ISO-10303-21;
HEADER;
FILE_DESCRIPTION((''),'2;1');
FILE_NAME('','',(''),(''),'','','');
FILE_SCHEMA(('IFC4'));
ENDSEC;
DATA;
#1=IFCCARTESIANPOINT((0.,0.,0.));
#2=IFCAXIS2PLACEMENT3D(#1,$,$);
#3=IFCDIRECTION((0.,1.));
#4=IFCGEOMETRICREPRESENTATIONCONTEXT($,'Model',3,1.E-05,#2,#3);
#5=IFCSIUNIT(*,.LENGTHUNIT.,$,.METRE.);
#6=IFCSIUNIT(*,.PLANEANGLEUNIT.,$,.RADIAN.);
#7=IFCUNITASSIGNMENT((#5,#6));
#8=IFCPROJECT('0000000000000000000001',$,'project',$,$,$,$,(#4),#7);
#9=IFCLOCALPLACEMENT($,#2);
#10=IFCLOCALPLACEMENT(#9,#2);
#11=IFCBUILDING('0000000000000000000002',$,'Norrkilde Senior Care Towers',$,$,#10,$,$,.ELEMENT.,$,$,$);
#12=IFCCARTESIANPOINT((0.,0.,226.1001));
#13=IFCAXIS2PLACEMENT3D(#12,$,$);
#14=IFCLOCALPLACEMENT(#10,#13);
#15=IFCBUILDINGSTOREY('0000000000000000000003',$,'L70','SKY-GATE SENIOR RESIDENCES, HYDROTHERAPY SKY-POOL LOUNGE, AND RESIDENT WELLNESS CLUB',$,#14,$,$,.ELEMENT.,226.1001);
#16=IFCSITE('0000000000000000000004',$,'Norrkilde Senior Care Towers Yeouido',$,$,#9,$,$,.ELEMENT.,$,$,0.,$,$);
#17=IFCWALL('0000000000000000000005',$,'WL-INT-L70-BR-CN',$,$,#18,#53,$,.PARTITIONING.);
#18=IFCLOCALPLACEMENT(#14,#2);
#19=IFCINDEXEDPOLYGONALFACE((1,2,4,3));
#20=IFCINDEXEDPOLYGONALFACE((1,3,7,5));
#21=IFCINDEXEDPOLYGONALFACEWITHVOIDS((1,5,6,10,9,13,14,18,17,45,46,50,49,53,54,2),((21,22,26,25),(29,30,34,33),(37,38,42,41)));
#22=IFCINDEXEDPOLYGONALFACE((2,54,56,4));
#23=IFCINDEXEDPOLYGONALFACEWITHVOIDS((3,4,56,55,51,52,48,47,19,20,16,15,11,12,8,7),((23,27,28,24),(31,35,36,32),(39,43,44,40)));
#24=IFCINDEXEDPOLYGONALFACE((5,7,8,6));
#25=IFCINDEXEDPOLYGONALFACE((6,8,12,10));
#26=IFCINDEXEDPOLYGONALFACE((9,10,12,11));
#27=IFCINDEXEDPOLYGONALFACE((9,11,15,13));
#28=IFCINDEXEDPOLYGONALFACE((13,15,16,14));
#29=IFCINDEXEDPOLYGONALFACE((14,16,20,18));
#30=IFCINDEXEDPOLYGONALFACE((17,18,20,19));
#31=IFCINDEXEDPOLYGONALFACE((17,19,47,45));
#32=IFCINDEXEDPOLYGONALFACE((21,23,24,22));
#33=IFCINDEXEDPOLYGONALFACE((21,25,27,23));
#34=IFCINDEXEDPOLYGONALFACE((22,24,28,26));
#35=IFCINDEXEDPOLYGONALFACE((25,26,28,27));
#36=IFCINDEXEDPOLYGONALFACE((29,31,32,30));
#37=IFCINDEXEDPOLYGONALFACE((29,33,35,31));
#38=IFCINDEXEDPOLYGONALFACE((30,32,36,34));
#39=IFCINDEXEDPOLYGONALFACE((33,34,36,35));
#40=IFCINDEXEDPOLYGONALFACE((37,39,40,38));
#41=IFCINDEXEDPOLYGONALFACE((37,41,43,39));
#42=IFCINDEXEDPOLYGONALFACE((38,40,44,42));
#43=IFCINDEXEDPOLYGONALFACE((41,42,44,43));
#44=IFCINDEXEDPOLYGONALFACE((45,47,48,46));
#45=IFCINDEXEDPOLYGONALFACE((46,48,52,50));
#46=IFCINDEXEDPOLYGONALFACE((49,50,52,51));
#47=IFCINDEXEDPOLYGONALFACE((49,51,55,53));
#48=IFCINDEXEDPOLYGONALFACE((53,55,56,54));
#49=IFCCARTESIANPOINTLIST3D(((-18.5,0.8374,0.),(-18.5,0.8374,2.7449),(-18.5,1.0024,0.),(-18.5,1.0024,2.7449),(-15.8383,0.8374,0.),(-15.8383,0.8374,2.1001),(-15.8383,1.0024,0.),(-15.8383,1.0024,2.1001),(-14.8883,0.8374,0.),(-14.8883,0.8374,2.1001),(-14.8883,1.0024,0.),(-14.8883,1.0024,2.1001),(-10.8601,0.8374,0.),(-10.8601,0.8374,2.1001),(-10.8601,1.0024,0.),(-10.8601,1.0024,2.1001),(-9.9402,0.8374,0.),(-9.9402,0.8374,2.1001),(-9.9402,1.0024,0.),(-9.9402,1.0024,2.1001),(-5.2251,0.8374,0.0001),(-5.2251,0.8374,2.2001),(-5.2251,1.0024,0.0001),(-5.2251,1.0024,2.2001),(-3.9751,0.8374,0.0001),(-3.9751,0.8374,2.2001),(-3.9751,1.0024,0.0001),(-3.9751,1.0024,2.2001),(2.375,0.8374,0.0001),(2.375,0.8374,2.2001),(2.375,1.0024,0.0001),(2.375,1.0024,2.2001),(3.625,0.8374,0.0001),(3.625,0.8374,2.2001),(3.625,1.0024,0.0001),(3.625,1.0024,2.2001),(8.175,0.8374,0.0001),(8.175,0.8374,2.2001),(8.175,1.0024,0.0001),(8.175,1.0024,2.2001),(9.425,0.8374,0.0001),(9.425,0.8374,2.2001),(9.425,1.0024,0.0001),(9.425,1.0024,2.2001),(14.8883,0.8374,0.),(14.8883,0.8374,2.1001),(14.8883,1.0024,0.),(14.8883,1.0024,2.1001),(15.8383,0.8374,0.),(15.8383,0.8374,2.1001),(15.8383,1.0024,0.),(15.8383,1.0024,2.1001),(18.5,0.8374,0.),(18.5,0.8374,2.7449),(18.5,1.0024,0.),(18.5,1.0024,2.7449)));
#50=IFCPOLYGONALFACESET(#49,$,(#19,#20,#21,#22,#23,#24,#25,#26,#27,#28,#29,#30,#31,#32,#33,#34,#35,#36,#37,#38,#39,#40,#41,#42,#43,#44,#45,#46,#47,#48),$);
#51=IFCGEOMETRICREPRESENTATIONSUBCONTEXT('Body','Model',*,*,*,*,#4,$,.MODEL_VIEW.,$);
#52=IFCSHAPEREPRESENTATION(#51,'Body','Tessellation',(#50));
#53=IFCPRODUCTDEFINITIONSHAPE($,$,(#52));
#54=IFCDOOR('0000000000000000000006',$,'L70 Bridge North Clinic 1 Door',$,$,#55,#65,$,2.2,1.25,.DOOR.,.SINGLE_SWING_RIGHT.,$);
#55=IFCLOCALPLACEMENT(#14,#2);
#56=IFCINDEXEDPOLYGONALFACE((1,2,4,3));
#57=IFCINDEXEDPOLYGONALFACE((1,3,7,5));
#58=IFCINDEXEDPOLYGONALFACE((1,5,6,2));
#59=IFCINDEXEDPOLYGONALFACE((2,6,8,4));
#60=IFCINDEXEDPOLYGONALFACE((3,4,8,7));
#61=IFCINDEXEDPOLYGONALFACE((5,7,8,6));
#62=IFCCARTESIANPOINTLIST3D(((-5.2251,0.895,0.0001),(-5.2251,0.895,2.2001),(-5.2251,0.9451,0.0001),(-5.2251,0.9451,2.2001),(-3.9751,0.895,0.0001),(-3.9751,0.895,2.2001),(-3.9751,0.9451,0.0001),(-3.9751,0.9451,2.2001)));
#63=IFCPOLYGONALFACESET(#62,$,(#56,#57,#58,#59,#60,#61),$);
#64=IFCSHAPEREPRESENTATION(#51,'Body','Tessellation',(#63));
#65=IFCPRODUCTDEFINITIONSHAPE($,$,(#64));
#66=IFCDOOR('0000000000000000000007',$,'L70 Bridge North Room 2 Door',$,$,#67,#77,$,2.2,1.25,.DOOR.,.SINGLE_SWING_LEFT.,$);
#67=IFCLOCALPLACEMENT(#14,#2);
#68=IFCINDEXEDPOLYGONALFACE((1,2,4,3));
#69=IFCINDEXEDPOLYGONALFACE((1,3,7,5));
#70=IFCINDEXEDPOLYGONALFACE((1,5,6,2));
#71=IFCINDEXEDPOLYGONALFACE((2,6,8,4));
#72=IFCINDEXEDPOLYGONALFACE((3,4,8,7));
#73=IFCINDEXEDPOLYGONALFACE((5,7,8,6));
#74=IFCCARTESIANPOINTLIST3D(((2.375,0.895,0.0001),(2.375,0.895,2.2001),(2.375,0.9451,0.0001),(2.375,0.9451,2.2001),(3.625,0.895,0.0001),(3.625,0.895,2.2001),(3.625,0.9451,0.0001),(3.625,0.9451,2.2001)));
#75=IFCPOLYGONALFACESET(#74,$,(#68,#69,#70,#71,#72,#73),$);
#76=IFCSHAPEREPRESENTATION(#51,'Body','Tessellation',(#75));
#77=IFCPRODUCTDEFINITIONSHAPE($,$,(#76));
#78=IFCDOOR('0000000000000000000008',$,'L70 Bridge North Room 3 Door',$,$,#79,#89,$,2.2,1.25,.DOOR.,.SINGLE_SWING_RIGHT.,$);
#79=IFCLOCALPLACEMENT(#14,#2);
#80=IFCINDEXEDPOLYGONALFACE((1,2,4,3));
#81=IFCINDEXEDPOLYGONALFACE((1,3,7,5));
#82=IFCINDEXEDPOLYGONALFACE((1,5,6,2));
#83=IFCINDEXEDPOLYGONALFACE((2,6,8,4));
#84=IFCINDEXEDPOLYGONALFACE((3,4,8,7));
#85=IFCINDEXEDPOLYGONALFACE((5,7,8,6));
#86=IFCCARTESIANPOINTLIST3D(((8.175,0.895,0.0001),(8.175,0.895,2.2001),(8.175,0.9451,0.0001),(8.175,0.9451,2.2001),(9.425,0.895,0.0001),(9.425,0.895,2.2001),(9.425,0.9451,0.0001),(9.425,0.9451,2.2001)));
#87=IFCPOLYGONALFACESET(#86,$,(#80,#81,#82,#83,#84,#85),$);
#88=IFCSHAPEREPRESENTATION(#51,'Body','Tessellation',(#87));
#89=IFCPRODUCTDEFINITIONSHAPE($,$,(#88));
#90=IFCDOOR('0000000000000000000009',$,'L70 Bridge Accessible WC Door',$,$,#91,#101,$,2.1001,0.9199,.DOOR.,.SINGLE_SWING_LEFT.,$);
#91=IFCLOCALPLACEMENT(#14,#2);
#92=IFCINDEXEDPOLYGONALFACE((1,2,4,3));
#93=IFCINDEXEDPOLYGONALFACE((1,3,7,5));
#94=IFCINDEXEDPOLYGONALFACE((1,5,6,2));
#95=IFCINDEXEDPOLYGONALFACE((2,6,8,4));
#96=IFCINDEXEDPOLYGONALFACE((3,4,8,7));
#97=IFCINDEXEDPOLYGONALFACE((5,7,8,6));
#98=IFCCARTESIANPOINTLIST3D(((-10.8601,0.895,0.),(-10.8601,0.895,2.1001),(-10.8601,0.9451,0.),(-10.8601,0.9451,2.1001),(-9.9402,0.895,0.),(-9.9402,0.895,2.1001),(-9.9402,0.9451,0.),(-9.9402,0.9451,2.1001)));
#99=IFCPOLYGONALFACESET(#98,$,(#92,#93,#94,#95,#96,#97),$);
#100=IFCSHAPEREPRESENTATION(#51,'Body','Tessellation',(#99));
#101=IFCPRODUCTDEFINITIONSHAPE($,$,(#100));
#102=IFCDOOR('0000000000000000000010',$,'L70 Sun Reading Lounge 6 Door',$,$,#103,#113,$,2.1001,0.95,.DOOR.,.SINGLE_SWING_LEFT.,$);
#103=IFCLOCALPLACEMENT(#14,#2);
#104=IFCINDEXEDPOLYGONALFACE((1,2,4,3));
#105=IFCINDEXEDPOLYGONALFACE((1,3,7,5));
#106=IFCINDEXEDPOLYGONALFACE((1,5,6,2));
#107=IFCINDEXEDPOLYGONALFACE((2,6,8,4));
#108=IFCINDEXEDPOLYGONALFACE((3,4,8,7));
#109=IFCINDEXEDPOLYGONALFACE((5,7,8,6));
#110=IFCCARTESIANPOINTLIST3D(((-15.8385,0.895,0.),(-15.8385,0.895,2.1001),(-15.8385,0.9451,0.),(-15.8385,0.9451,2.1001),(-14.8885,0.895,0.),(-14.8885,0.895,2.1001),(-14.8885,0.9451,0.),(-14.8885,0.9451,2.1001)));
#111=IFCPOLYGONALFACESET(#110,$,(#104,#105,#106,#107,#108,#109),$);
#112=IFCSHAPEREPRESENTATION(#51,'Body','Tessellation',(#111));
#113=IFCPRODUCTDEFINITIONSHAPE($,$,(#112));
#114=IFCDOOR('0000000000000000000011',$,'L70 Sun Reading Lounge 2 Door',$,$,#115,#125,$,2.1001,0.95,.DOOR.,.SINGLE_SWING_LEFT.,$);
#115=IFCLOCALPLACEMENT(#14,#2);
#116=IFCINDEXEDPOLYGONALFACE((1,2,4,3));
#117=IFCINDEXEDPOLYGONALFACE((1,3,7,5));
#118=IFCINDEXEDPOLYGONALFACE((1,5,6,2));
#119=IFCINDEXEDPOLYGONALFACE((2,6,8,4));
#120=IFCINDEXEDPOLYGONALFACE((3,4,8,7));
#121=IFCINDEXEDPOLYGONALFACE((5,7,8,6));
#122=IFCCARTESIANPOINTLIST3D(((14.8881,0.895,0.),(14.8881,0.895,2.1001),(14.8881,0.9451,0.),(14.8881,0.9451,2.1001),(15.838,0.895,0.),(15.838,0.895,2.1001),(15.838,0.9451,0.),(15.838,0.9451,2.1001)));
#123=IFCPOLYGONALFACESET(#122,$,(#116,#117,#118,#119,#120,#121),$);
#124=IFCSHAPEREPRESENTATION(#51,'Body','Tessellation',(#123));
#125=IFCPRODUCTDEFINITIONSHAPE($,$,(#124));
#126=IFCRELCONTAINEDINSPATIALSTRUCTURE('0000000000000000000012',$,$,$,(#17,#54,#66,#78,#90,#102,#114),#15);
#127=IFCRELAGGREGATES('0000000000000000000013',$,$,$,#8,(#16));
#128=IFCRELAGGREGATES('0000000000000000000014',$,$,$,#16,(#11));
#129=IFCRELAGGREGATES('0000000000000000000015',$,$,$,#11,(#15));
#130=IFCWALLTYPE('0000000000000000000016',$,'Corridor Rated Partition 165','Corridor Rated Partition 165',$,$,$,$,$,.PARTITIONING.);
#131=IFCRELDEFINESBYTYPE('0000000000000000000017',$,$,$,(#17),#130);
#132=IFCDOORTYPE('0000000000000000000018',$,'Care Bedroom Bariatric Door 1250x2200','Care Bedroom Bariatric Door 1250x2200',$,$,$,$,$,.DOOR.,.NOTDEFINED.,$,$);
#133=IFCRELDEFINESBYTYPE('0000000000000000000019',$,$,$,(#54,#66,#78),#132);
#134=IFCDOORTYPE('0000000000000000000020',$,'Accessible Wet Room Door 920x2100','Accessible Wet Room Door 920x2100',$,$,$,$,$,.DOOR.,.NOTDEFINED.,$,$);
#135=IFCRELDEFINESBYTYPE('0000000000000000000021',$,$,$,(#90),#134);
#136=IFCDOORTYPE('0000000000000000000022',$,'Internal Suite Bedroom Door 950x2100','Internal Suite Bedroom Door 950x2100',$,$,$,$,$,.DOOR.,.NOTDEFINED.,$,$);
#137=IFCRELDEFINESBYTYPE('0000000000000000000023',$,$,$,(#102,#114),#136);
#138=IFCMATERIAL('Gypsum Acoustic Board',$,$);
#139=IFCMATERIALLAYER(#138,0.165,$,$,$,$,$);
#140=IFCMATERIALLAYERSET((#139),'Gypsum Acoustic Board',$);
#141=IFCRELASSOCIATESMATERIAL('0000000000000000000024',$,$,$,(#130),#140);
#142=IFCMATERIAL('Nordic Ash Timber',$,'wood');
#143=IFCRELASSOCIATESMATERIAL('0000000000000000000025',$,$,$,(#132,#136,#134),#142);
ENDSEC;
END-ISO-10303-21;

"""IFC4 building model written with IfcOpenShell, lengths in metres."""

from ifc_helpers import new_model, si_unit, direction, frame, frame_2d, origin, place, context, subcontext, project, spatial, rectangle, extrude, source, transform, mapped, material, layer, layer_set, type_object, type_shapes, element, fill, save


model = new_model("IFC4")

# Units and contexts
model_context = context("Model", 3, precision=1e-05, world=origin(), true_north=direction((0.0, 1.0)))
body_context = subcontext(model_context, "Body", "Model", "MODEL_VIEW")
ifc_project = project(units=[si_unit("LENGTHUNIT", "METRE"), si_unit("PLANEANGLEUNIT", "RADIAN")], contexts=[model_context])

# Site, building, storey
site_placement = place(None, origin())
site = spatial("IfcSite", under=ifc_project, at=site_placement, Name="Norrkilde Senior Care Towers Yeouido", CompositionType="ELEMENT", RefElevation=0.0)
building_placement = place(site_placement, origin())
building = spatial("IfcBuilding", under=site, at=building_placement, Name="Norrkilde Senior Care Towers", CompositionType="ELEMENT")
storey_placement = place(building_placement, frame((0.0, 0.0, 226.1001)))
storey = spatial("IfcBuildingStorey", under=building, at=storey_placement, Name="L70", Description="SKY-GATE SENIOR RESIDENCES, HYDROTHERAPY SKY-POOL LOUNGE, AND RESIDENT WELLNESS CLUB", CompositionType="ELEMENT", Elevation=226.1001)

# Shared definitions
ifc_material_1 = material(Name="Gypsum Acoustic Board")
ifc_layer = layer(ifc_material_1, 0.165)
ifc_layer_set = layer_set([ifc_layer], Name="Gypsum Acoustic Board")
wall_type = type_object("IfcWallType", Name="Corridor Rated Partition 165", Description="Corridor Rated Partition 165", PredefinedType="PARTITIONING", material=ifc_layer_set)

# Shared definitions
ifc_material_2 = material(Name="Nordic Ash Timber", Category="wood")
door_type_1 = type_object("IfcDoorType", Name="Care Bedroom Bariatric Door 1250x2200", Description="Care Bedroom Bariatric Door 1250x2200", OperationType="NOTDEFINED", PredefinedType="DOOR", material=ifc_material_2)
shared_shape_1 = source(origin(), body_context, "Body", "SweptSolid", [
    extrude(rectangle(XDim=1.25, YDim=2.2, at=frame_2d((0.625, 1.1001))), frame((0.0, 0.0249, 0.0), z_axis=(0.0, -1.0, 0.0), x_axis=(1.0, 0.0, 0.0)), (0.0, 0.0, 1.0), 0.05),
])
type_shapes(door_type_1, [shared_shape_1])

# Wall, openings, doors
shared_shape_2 = source(origin(), body_context, "Body", "SweptSolid", [
    extrude(rectangle(XDim=37.0, YDim=0.165, at=frame_2d((18.5, 0.0))), origin(), (0.0, 0.0, 1.0), 2.7449),
])
door_type_2 = type_object("IfcDoorType", Name="Internal Suite Bedroom Door 950x2100", Description="Internal Suite Bedroom Door 950x2100", OperationType="NOTDEFINED", PredefinedType="DOOR", material=ifc_material_2)
shared_shape_3 = source(origin(), body_context, "Body", "SweptSolid", [
    extrude(rectangle(XDim=0.95, YDim=2.1001, at=frame_2d((0.4751, 1.05))), frame((0.0, 0.0249, 0.0), z_axis=(0.0, -1.0, 0.0), x_axis=(1.0, 0.0, 0.0)), (0.0, 0.0, 1.0), 0.05),
])
type_shapes(door_type_2, [shared_shape_3])
wall_1_placement = place(storey_placement, frame((-18.5, 0.9199, 0.0), z_axis=(0.0, 0.0, 1.0), x_axis=(1.0, 0.0, 0.0)))
wall_1 = element("IfcWall", 1, at=wall_1_placement, inside=storey, type_object=wall_type, Name="WL-INT-L70-BR-CN", PredefinedType="PARTITIONING", context=body_context, shape_type="MappedRepresentation", body=[
    mapped(shared_shape_2, transform((0.0, 0.0, 0.0), x_axis=(1.0, 0.0, 0.0), y_axis=(0.0, 1.0, 0.0), z_axis=(0.0, 0.0, 1.0), scale=1.0)),
])
opening_1_placement = place(wall_1_placement, frame((2.6616, 0.0, 0.0)))
opening_1 = element("IfcOpeningElement", 2, at=opening_1_placement, cuts=wall_1, PredefinedType="OPENING", context=body_context, shape_type="SweptSolid", body=[
    extrude(rectangle(XDim=0.95, YDim=2.1001, at=frame_2d((0.4751, 1.05))), frame((0.0, 0.0925, 0.0), z_axis=(0.0, -1.0, 0.0), x_axis=(1.0, 0.0, 0.0)), (0.0, 0.0, 1.0), 0.1851),
])
opening_2_placement = place(wall_1_placement, frame((33.3882, 0.0, 0.0)))
opening_2 = element("IfcOpeningElement", 3, at=opening_2_placement, cuts=wall_1, PredefinedType="OPENING", context=body_context, shape_type="SweptSolid", body=[
    extrude(rectangle(XDim=0.95, YDim=2.1001, at=frame_2d((0.4751, 1.05))), frame((0.0, 0.0925, 0.0), z_axis=(0.0, -1.0, 0.0), x_axis=(1.0, 0.0, 0.0)), (0.0, 0.0, 1.0), 0.1851),
])
opening_3_placement = place(wall_1_placement, frame((7.6399, 0.0, 0.0)))
opening_3 = element("IfcOpeningElement", 4, at=opening_3_placement, cuts=wall_1, PredefinedType="OPENING", context=body_context, shape_type="SweptSolid", body=[
    extrude(rectangle(XDim=0.9199, YDim=2.1001, at=frame_2d((0.46, 1.05))), frame((0.0, 0.0925, 0.0), z_axis=(0.0, -1.0, 0.0), x_axis=(1.0, 0.0, 0.0)), (0.0, 0.0, 1.0), 0.1851),
])
opening_4_placement = place(wall_1_placement, frame((13.2749, 0.0, 0.0)))
opening_4 = element("IfcOpeningElement", 5, at=opening_4_placement, cuts=wall_1, PredefinedType="OPENING", context=body_context, shape_type="SweptSolid", body=[
    extrude(rectangle(XDim=1.25, YDim=2.2, at=frame_2d((0.625, 1.1001))), frame((0.0, 0.0925, 0.0), z_axis=(0.0, -1.0, 0.0), x_axis=(1.0, 0.0, 0.0)), (0.0, 0.0, 1.0), 0.1851),
])
opening_5_placement = place(wall_1_placement, frame((20.875, 0.0, 0.0)))
opening_5 = element("IfcOpeningElement", 6, at=opening_5_placement, cuts=wall_1, PredefinedType="OPENING", context=body_context, shape_type="SweptSolid", body=[
    extrude(rectangle(XDim=1.25, YDim=2.2, at=frame_2d((0.625, 1.1001))), frame((0.0, 0.0925, 0.0), z_axis=(0.0, -1.0, 0.0), x_axis=(1.0, 0.0, 0.0)), (0.0, 0.0, 1.0), 0.1851),
])
opening_6_placement = place(wall_1_placement, frame((26.675, 0.0, 0.0)))
opening_6 = element("IfcOpeningElement", 7, at=opening_6_placement, cuts=wall_1, PredefinedType="OPENING", context=body_context, shape_type="SweptSolid", body=[
    extrude(rectangle(XDim=1.25, YDim=2.2, at=frame_2d((0.625, 1.1001))), frame((0.0, 0.0925, 0.0), z_axis=(0.0, -1.0, 0.0), x_axis=(1.0, 0.0, 0.0)), (0.0, 0.0, 1.0), 0.1851),
])
door_1_placement = place(opening_4_placement, frame((1.25, 0.0, 0.0), z_axis=(0.0, 0.0, 1.0), x_axis=(-1.0, 0.0, 0.0)))
door_1 = element("IfcDoor", 8, at=door_1_placement, inside=storey, type_object=door_type_1, Name="L70 Bridge North Clinic 1 Door", OperationType="SINGLE_SWING_RIGHT", OverallHeight=2.2, OverallWidth=1.25, PredefinedType="DOOR", context=body_context, shape_type="MappedRepresentation", body=[
    mapped(shared_shape_1, transform((0.0, 0.0, 0.0), x_axis=(1.0, 0.0, 0.0), y_axis=(0.0, 1.0, 0.0), z_axis=(0.0, 0.0, 1.0), scale=1.0)),
])
fill(opening_4, door_1)
door_2_placement = place(opening_5_placement, frame((1.25, 0.0, 0.0), z_axis=(0.0, 0.0, 1.0), x_axis=(-1.0, 0.0, 0.0)))
door_2 = element("IfcDoor", 9, at=door_2_placement, inside=storey, type_object=door_type_1, Name="L70 Bridge North Room 2 Door", OperationType="SINGLE_SWING_LEFT", OverallHeight=2.2, OverallWidth=1.25, PredefinedType="DOOR", context=body_context, shape_type="MappedRepresentation", body=[
    mapped(shared_shape_1, transform((0.0, 0.0, 0.0), x_axis=(1.0, 0.0, 0.0), y_axis=(0.0, 1.0, 0.0), z_axis=(0.0, 0.0, 1.0), scale=1.0)),
])
fill(opening_5, door_2)
door_3_placement = place(opening_6_placement, frame((1.25, 0.0, 0.0), z_axis=(0.0, 0.0, 1.0), x_axis=(-1.0, 0.0, 0.0)))
door_3 = element("IfcDoor", 10, at=door_3_placement, inside=storey, type_object=door_type_1, Name="L70 Bridge North Room 3 Door", OperationType="SINGLE_SWING_RIGHT", OverallHeight=2.2, OverallWidth=1.25, PredefinedType="DOOR", context=body_context, shape_type="MappedRepresentation", body=[
    mapped(shared_shape_1, transform((0.0, 0.0, 0.0), x_axis=(1.0, 0.0, 0.0), y_axis=(0.0, 1.0, 0.0), z_axis=(0.0, 0.0, 1.0), scale=1.0)),
])
fill(opening_6, door_3)
door_type_3 = type_object("IfcDoorType", Name="Accessible Wet Room Door 920x2100", Description="Accessible Wet Room Door 920x2100", OperationType="NOTDEFINED", PredefinedType="DOOR", material=ifc_material_2)
shared_shape_4 = source(origin(), body_context, "Body", "SweptSolid", [
    extrude(rectangle(XDim=0.9199, YDim=2.1001, at=frame_2d((0.46, 1.05))), frame((0.0, 0.0249, 0.0), z_axis=(0.0, -1.0, 0.0), x_axis=(1.0, 0.0, 0.0)), (0.0, 0.0, 1.0), 0.05),
])
type_shapes(door_type_3, [shared_shape_4])
door_4_placement = place(opening_3_placement, frame((0.9199, 0.0, 0.0), z_axis=(0.0, 0.0, 1.0), x_axis=(-1.0, 0.0, 0.0)))
door_4 = element("IfcDoor", 11, at=door_4_placement, inside=storey, type_object=door_type_3, Name="L70 Bridge Accessible WC Door", OperationType="SINGLE_SWING_LEFT", OverallHeight=2.1001, OverallWidth=0.9199, PredefinedType="DOOR", context=body_context, shape_type="MappedRepresentation", body=[
    mapped(shared_shape_4, transform((0.0, 0.0, 0.0), x_axis=(1.0, 0.0, 0.0), y_axis=(0.0, 1.0, 0.0), z_axis=(0.0, 0.0, 1.0), scale=1.0)),
])
fill(opening_3, door_4)
door_5_placement = place(opening_1_placement, frame((0.95, 0.0, 0.0), z_axis=(0.0, 0.0, 1.0), x_axis=(-1.0, 0.0, 0.0)))
door_5 = element("IfcDoor", 12, at=door_5_placement, inside=storey, type_object=door_type_2, Name="L70 Sun Reading Lounge 6 Door", OperationType="SINGLE_SWING_LEFT", OverallHeight=2.1001, OverallWidth=0.95, PredefinedType="DOOR", context=body_context, shape_type="MappedRepresentation", body=[
    mapped(shared_shape_3, transform((0.0, 0.0, 0.0), x_axis=(1.0, 0.0, 0.0), y_axis=(0.0, 1.0, 0.0), z_axis=(0.0, 0.0, 1.0), scale=1.0)),
])
fill(opening_1, door_5)
door_6_placement = place(opening_2_placement, frame((0.95, 0.0, 0.0), z_axis=(0.0, 0.0, 1.0), x_axis=(-1.0, 0.0, 0.0)))
door_6 = element("IfcDoor", 13, at=door_6_placement, inside=storey, type_object=door_type_2, Name="L70 Sun Reading Lounge 2 Door", OperationType="SINGLE_SWING_LEFT", OverallHeight=2.1001, OverallWidth=0.95, PredefinedType="DOOR", context=body_context, shape_type="MappedRepresentation", body=[
    mapped(shared_shape_3, transform((0.0, 0.0, 0.0), x_axis=(1.0, 0.0, 0.0), y_axis=(0.0, 1.0, 0.0), z_axis=(0.0, 0.0, 1.0), scale=1.0)),
])
fill(opening_2, door_6)

save(model, "model.ifc")
